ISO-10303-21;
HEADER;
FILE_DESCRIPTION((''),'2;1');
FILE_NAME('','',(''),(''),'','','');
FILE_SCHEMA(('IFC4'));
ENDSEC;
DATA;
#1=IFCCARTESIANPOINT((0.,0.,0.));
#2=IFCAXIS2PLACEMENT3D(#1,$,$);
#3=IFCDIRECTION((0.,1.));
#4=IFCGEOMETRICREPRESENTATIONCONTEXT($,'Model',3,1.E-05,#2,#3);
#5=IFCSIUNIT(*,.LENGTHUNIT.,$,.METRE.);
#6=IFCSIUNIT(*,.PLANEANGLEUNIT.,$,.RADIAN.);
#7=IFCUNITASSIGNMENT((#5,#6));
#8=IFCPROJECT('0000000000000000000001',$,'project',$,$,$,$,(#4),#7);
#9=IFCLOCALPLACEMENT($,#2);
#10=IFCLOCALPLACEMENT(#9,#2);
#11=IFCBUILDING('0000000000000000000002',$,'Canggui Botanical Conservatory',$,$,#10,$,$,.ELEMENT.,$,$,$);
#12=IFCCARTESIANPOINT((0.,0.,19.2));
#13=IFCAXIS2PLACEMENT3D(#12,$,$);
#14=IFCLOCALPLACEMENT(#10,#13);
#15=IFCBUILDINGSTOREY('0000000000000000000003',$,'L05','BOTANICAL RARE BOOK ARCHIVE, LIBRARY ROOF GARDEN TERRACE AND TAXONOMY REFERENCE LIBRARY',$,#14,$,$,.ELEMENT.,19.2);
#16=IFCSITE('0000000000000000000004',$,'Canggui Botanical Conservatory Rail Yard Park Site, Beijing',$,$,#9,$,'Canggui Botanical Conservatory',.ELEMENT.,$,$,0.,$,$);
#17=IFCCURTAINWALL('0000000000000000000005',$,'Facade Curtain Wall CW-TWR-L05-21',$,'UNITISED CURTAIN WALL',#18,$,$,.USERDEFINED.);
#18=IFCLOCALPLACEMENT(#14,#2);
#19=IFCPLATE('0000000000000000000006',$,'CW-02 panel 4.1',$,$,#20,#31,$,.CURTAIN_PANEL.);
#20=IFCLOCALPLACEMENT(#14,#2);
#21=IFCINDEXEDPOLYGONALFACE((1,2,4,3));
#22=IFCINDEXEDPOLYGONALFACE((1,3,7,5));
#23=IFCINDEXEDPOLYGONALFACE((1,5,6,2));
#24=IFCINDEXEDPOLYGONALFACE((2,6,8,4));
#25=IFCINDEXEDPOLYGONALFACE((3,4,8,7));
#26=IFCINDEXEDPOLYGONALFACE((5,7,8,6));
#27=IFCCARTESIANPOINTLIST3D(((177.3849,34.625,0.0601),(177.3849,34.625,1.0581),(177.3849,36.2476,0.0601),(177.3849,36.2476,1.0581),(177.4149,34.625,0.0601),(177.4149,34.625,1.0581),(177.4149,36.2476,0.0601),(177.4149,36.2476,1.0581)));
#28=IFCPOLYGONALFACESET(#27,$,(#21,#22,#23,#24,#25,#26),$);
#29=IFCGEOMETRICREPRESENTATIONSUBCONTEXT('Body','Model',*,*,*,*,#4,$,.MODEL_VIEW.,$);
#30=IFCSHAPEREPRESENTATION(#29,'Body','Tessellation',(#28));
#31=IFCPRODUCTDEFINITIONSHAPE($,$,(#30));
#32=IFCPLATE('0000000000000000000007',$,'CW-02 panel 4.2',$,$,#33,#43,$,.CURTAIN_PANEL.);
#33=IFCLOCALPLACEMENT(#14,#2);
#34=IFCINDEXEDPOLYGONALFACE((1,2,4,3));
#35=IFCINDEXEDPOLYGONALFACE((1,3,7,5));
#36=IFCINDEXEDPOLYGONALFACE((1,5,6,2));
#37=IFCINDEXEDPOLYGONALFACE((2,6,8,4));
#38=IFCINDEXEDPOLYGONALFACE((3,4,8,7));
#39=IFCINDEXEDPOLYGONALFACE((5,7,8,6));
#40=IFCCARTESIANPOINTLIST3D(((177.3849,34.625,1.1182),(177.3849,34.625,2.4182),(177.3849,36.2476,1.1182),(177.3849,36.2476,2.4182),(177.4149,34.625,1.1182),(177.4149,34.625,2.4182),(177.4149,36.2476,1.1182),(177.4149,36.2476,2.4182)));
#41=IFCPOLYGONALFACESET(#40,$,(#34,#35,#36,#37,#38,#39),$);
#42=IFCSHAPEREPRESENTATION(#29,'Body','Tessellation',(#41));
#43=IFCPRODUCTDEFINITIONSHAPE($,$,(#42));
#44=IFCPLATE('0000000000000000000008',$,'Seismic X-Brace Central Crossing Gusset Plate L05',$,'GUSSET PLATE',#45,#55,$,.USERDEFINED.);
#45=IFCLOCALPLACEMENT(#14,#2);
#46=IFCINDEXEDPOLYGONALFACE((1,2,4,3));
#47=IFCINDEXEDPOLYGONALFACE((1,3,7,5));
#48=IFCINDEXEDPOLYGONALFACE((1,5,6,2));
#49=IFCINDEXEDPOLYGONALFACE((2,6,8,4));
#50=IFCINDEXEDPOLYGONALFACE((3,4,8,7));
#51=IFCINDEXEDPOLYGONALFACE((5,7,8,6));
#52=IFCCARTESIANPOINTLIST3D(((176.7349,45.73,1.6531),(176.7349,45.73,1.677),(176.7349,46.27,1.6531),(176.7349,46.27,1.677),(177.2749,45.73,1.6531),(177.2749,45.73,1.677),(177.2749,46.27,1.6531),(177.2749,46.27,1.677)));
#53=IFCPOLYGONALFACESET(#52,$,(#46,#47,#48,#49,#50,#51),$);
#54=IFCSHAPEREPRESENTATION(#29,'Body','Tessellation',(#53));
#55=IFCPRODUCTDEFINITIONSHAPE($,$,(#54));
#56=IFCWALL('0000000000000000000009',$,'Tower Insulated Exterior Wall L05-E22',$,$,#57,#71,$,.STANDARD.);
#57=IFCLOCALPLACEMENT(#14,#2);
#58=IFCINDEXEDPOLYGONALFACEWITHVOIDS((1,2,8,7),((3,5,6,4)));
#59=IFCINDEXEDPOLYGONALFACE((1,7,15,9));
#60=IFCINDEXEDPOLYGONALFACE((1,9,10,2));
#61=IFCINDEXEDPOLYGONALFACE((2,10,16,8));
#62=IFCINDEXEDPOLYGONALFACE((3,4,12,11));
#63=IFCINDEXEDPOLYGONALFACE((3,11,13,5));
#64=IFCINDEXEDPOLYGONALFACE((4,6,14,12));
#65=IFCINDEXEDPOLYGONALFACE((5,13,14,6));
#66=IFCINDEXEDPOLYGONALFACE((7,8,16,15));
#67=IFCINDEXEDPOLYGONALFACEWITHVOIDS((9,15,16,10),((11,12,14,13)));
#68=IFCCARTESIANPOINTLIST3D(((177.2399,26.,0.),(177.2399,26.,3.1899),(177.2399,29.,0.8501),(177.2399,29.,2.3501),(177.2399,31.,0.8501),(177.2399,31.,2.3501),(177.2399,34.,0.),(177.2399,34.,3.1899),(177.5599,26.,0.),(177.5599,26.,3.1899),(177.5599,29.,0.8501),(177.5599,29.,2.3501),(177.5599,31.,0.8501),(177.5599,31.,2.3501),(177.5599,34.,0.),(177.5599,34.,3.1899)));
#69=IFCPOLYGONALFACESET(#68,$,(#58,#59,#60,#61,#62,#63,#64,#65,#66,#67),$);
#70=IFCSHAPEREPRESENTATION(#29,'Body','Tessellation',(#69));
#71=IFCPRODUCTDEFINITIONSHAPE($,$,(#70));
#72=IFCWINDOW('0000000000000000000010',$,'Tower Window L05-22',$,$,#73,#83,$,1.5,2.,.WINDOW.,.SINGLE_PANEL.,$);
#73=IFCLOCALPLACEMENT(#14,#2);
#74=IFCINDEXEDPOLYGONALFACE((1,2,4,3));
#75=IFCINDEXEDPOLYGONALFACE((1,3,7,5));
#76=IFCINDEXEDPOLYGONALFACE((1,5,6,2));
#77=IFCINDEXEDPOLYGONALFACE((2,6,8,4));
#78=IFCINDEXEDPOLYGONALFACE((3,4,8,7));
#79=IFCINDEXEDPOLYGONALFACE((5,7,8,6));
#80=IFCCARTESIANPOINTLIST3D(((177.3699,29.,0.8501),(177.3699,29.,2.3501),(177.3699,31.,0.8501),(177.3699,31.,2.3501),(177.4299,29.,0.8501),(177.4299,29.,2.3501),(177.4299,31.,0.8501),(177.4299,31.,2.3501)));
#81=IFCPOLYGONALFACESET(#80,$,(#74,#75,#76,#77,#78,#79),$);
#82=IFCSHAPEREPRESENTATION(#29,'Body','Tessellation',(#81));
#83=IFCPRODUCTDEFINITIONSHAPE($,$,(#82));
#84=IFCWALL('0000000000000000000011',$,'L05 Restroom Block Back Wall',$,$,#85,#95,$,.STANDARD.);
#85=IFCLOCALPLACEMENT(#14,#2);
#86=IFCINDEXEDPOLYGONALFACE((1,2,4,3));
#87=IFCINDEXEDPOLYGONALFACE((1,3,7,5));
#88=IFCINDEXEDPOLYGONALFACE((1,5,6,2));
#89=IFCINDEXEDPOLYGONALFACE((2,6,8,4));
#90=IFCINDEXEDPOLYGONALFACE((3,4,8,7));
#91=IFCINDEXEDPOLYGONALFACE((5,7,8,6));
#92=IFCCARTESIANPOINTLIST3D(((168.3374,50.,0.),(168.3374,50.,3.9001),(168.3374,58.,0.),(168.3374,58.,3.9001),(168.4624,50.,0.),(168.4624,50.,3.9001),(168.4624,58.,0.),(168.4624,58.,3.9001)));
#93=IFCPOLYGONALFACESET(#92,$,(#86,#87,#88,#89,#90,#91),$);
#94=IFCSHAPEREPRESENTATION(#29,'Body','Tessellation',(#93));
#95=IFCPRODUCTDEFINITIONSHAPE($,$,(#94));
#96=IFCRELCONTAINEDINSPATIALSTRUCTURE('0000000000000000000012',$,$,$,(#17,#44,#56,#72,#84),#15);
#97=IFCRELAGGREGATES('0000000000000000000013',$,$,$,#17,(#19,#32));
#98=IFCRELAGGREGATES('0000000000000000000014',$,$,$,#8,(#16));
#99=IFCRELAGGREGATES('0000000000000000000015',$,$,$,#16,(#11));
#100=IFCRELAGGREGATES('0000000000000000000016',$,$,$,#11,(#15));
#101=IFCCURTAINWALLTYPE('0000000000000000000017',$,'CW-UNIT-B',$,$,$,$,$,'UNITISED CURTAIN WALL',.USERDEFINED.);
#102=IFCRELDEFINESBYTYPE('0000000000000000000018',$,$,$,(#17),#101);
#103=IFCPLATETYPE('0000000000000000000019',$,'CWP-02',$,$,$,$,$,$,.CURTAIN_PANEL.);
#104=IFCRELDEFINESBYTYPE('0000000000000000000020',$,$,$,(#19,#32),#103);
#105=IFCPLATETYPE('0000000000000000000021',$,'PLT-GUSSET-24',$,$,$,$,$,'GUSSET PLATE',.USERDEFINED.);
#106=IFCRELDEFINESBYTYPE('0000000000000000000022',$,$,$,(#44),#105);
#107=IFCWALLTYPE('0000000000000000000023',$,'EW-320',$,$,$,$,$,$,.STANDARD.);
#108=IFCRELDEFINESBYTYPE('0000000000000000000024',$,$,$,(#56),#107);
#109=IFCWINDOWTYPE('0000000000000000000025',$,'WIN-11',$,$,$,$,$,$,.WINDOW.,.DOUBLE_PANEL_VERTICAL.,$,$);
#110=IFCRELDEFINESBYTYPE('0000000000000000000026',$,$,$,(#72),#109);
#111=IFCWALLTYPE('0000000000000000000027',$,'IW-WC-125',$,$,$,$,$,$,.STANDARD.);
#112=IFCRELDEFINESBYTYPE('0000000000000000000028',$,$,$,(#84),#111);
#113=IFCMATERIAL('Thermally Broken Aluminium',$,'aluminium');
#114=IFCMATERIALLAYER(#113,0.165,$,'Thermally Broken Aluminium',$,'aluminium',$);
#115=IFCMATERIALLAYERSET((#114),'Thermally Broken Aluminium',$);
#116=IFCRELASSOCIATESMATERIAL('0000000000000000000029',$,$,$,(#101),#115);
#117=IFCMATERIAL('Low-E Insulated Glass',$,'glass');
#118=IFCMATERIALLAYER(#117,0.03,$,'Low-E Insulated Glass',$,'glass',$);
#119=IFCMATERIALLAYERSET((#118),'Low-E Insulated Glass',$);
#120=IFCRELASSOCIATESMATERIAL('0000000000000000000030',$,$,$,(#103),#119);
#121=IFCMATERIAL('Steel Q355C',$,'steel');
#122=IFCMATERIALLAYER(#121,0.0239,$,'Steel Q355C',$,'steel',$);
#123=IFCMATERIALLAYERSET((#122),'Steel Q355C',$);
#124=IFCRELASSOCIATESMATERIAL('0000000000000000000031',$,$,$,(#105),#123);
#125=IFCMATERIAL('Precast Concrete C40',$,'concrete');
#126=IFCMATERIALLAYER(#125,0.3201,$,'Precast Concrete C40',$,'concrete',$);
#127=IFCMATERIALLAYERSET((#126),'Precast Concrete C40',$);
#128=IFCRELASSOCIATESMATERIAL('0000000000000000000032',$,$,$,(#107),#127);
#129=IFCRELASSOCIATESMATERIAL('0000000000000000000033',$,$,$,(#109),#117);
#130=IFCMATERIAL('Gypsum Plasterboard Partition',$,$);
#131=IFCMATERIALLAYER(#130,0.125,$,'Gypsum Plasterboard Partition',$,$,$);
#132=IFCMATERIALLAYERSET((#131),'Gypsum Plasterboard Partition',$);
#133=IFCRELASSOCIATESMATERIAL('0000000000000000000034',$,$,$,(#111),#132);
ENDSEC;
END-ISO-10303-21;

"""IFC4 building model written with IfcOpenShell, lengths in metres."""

from ifc_helpers import new_model, si_unit, direction, frame, frame_2d, origin, origin_2d, place, context, subcontext, project, spatial, rectangle, extrude, material, layer, layer_set, type_object, element, fill, aggregate, save


model = new_model("IFC4")

# Units and contexts
model_context = context("Model", 3, precision=1e-05, world=origin(), true_north=direction((0.0, 1.0)))
body_context = subcontext(model_context, "Body", "Model", "MODEL_VIEW")
ifc_project = project(units=[si_unit("LENGTHUNIT", "METRE"), si_unit("PLANEANGLEUNIT", "RADIAN")], contexts=[model_context])

# Site, building, storey
site_placement = place(None, origin())
site = spatial("IfcSite", under=ifc_project, at=site_placement, Name="Canggui Botanical Conservatory Rail Yard Park Site, Beijing", LongName="Canggui Botanical Conservatory", CompositionType="ELEMENT", RefElevation=0.0)
building_placement = place(site_placement, origin())
building = spatial("IfcBuilding", under=site, at=building_placement, Name="Canggui Botanical Conservatory", CompositionType="ELEMENT")
storey_placement = place(building_placement, frame((0.0, 0.0, 19.2)))
storey = spatial("IfcBuildingStorey", under=building, at=storey_placement, Name="L05", Description="BOTANICAL RARE BOOK ARCHIVE, LIBRARY ROOF GARDEN TERRACE AND TAXONOMY REFERENCE LIBRARY", CompositionType="ELEMENT", Elevation=19.2)

# Curtain wall, plates
ifc_material_1 = material(Name="Thermally Broken Aluminium", Category="aluminium")
ifc_layer_1 = layer(ifc_material_1, 0.165, Name="Thermally Broken Aluminium", Category="aluminium")
ifc_layer_set_1 = layer_set([ifc_layer_1], Name="Thermally Broken Aluminium")
curtain_wall_type = type_object("IfcCurtainWallType", Name="CW-UNIT-B", ElementType="UNITISED CURTAIN WALL", PredefinedType="USERDEFINED", material=ifc_layer_set_1)
curtain_wall_placement = place(storey_placement, origin())
curtain_wall = element("IfcCurtainWall", 1, at=curtain_wall_placement, inside=storey, type_object=curtain_wall_type, Name="Facade Curtain Wall CW-TWR-L05-21", ObjectType="UNITISED CURTAIN WALL", PredefinedType="USERDEFINED")
ifc_material_2 = material(Name="Low-E Insulated Glass", Category="glass")
ifc_layer_2 = layer(ifc_material_2, 0.03, Name="Low-E Insulated Glass", Category="glass")
ifc_layer_set_2 = layer_set([ifc_layer_2], Name="Low-E Insulated Glass")
plate_type_1 = type_object("IfcPlateType", Name="CWP-02", PredefinedType="CURTAIN_PANEL", material=ifc_layer_set_2)
plate_1_placement = place(storey_placement, frame((177.3999, 35.4363, 0.0601), z_axis=(0.0, 0.0, 1.0), x_axis=(0.0, -1.0, 0.0)))
plate_1 = element("IfcPlate", 2, at=plate_1_placement, type_object=plate_type_1, Name="CW-02 panel 4.1", PredefinedType="CURTAIN_PANEL", context=body_context, shape_type="SweptSolid", body=[
    extrude(rectangle(XDim=1.6226, YDim=0.03, at=origin_2d()), origin(), (0.0, 0.0, 1.0), 0.998),
])
plate_2_placement = place(storey_placement, frame((177.3999, 35.4363, 1.1182), z_axis=(0.0, 0.0, 1.0), x_axis=(0.0, -1.0, 0.0)))
plate_2 = element("IfcPlate", 3, at=plate_2_placement, type_object=plate_type_1, Name="CW-02 panel 4.2", PredefinedType="CURTAIN_PANEL", context=body_context, shape_type="SweptSolid", body=[
    extrude(rectangle(XDim=1.6226, YDim=0.03, at=origin_2d()), origin(), (0.0, 0.0, 1.0), 1.3),
])
aggregate(curtain_wall, [plate_1, plate_2])

# Plate
ifc_material_3 = material(Name="Steel Q355C", Category="steel")
ifc_layer_3 = layer(ifc_material_3, 0.0239, Name="Steel Q355C", Category="steel")
ifc_layer_set_3 = layer_set([ifc_layer_3], Name="Steel Q355C")
plate_type_2 = type_object("IfcPlateType", Name="PLT-GUSSET-24", ElementType="GUSSET PLATE", PredefinedType="USERDEFINED", material=ifc_layer_set_3)
plate_3_placement = place(storey_placement, frame((177.0049, 46.0, 1.6531), z_axis=(0.0, 0.0, 1.0), x_axis=(1.0, 0.0, 0.0)))
element("IfcPlate", 4, at=plate_3_placement, inside=storey, type_object=plate_type_2, Name="Seismic X-Brace Central Crossing Gusset Plate L05", ObjectType="GUSSET PLATE", PredefinedType="USERDEFINED", context=body_context, shape_type="SweptSolid", body=[
    extrude(rectangle(XDim=0.54, YDim=0.54, at=origin_2d()), origin(), (0.0, 0.0, 1.0), 0.0239),
])

# Wall, opening, window
ifc_material_4 = material(Name="Precast Concrete C40", Category="concrete")
ifc_layer_4 = layer(ifc_material_4, 0.3201, Name="Precast Concrete C40", Category="concrete")
ifc_layer_set_4 = layer_set([ifc_layer_4], Name="Precast Concrete C40")
wall_type_1 = type_object("IfcWallType", Name="EW-320", PredefinedType="STANDARD", material=ifc_layer_set_4)
wall_1_placement = place(storey_placement, frame((177.3999, 34.0, 0.0), z_axis=(0.0, 0.0, 1.0), x_axis=(0.0, -1.0, 0.0)))
wall_1 = element("IfcWall", 5, at=wall_1_placement, inside=storey, type_object=wall_type_1, Name="Tower Insulated Exterior Wall L05-E22", PredefinedType="STANDARD", context=body_context, shape_type="SweptSolid", body=[
    extrude(rectangle(XDim=8.0, YDim=0.3201, at=frame_2d((4.0, 0.0))), origin(), (0.0, 0.0, 1.0), 3.1899),
])
opening_placement = place(wall_1_placement, frame((3.0, 0.0, 0.8501)))
opening = element("IfcOpeningElement", 6, at=opening_placement, cuts=wall_1, PredefinedType="OPENING", context=body_context, shape_type="SweptSolid", body=[
    extrude(rectangle(XDim=2.0, YDim=1.5, at=frame_2d((1.0, 0.75))), frame((0.0, 0.1699, 0.0), z_axis=(0.0, -1.0, 0.0), x_axis=(1.0, 0.0, 0.0)), (0.0, 0.0, 1.0), 0.3401),
])
window_type = type_object("IfcWindowType", Name="WIN-11", PartitioningType="DOUBLE_PANEL_VERTICAL", PredefinedType="WINDOW", material=ifc_material_2)
window_placement = place(opening_placement, origin())
window = element("IfcWindow", 7, at=window_placement, inside=storey, type_object=window_type, Name="Tower Window L05-22", OverallHeight=1.5, OverallWidth=2.0, PartitioningType="SINGLE_PANEL", PredefinedType="WINDOW", context=body_context, shape_type="SweptSolid", body=[
    extrude(rectangle(XDim=2.0, YDim=1.5, at=frame_2d((1.0, 0.75))), frame((0.0, 0.03, 0.0), z_axis=(0.0, -1.0, 0.0), x_axis=(1.0, 0.0, 0.0)), (0.0, 0.0, 1.0), 0.0601),
])
fill(opening, window)

# Wall
ifc_material_5 = material(Name="Gypsum Plasterboard Partition")
ifc_layer_5 = layer(ifc_material_5, 0.125, Name="Gypsum Plasterboard Partition")
ifc_layer_set_5 = layer_set([ifc_layer_5], Name="Gypsum Plasterboard Partition")
wall_type_2 = type_object("IfcWallType", Name="IW-WC-125", PredefinedType="STANDARD", material=ifc_layer_set_5)
wall_2_placement = place(storey_placement, frame((168.3999, 50.0, 0.0), z_axis=(0.0, 0.0, 1.0), x_axis=(0.0, 1.0, 0.0)))
element("IfcWall", 8, at=wall_2_placement, inside=storey, type_object=wall_type_2, Name="L05 Restroom Block Back Wall", PredefinedType="STANDARD", context=body_context, shape_type="SweptSolid", body=[
    extrude(rectangle(XDim=8.0, YDim=0.125, at=frame_2d((4.0, 0.0))), origin(), (0.0, 0.0, 1.0), 3.9001),
])

save(model, "model.ifc")
